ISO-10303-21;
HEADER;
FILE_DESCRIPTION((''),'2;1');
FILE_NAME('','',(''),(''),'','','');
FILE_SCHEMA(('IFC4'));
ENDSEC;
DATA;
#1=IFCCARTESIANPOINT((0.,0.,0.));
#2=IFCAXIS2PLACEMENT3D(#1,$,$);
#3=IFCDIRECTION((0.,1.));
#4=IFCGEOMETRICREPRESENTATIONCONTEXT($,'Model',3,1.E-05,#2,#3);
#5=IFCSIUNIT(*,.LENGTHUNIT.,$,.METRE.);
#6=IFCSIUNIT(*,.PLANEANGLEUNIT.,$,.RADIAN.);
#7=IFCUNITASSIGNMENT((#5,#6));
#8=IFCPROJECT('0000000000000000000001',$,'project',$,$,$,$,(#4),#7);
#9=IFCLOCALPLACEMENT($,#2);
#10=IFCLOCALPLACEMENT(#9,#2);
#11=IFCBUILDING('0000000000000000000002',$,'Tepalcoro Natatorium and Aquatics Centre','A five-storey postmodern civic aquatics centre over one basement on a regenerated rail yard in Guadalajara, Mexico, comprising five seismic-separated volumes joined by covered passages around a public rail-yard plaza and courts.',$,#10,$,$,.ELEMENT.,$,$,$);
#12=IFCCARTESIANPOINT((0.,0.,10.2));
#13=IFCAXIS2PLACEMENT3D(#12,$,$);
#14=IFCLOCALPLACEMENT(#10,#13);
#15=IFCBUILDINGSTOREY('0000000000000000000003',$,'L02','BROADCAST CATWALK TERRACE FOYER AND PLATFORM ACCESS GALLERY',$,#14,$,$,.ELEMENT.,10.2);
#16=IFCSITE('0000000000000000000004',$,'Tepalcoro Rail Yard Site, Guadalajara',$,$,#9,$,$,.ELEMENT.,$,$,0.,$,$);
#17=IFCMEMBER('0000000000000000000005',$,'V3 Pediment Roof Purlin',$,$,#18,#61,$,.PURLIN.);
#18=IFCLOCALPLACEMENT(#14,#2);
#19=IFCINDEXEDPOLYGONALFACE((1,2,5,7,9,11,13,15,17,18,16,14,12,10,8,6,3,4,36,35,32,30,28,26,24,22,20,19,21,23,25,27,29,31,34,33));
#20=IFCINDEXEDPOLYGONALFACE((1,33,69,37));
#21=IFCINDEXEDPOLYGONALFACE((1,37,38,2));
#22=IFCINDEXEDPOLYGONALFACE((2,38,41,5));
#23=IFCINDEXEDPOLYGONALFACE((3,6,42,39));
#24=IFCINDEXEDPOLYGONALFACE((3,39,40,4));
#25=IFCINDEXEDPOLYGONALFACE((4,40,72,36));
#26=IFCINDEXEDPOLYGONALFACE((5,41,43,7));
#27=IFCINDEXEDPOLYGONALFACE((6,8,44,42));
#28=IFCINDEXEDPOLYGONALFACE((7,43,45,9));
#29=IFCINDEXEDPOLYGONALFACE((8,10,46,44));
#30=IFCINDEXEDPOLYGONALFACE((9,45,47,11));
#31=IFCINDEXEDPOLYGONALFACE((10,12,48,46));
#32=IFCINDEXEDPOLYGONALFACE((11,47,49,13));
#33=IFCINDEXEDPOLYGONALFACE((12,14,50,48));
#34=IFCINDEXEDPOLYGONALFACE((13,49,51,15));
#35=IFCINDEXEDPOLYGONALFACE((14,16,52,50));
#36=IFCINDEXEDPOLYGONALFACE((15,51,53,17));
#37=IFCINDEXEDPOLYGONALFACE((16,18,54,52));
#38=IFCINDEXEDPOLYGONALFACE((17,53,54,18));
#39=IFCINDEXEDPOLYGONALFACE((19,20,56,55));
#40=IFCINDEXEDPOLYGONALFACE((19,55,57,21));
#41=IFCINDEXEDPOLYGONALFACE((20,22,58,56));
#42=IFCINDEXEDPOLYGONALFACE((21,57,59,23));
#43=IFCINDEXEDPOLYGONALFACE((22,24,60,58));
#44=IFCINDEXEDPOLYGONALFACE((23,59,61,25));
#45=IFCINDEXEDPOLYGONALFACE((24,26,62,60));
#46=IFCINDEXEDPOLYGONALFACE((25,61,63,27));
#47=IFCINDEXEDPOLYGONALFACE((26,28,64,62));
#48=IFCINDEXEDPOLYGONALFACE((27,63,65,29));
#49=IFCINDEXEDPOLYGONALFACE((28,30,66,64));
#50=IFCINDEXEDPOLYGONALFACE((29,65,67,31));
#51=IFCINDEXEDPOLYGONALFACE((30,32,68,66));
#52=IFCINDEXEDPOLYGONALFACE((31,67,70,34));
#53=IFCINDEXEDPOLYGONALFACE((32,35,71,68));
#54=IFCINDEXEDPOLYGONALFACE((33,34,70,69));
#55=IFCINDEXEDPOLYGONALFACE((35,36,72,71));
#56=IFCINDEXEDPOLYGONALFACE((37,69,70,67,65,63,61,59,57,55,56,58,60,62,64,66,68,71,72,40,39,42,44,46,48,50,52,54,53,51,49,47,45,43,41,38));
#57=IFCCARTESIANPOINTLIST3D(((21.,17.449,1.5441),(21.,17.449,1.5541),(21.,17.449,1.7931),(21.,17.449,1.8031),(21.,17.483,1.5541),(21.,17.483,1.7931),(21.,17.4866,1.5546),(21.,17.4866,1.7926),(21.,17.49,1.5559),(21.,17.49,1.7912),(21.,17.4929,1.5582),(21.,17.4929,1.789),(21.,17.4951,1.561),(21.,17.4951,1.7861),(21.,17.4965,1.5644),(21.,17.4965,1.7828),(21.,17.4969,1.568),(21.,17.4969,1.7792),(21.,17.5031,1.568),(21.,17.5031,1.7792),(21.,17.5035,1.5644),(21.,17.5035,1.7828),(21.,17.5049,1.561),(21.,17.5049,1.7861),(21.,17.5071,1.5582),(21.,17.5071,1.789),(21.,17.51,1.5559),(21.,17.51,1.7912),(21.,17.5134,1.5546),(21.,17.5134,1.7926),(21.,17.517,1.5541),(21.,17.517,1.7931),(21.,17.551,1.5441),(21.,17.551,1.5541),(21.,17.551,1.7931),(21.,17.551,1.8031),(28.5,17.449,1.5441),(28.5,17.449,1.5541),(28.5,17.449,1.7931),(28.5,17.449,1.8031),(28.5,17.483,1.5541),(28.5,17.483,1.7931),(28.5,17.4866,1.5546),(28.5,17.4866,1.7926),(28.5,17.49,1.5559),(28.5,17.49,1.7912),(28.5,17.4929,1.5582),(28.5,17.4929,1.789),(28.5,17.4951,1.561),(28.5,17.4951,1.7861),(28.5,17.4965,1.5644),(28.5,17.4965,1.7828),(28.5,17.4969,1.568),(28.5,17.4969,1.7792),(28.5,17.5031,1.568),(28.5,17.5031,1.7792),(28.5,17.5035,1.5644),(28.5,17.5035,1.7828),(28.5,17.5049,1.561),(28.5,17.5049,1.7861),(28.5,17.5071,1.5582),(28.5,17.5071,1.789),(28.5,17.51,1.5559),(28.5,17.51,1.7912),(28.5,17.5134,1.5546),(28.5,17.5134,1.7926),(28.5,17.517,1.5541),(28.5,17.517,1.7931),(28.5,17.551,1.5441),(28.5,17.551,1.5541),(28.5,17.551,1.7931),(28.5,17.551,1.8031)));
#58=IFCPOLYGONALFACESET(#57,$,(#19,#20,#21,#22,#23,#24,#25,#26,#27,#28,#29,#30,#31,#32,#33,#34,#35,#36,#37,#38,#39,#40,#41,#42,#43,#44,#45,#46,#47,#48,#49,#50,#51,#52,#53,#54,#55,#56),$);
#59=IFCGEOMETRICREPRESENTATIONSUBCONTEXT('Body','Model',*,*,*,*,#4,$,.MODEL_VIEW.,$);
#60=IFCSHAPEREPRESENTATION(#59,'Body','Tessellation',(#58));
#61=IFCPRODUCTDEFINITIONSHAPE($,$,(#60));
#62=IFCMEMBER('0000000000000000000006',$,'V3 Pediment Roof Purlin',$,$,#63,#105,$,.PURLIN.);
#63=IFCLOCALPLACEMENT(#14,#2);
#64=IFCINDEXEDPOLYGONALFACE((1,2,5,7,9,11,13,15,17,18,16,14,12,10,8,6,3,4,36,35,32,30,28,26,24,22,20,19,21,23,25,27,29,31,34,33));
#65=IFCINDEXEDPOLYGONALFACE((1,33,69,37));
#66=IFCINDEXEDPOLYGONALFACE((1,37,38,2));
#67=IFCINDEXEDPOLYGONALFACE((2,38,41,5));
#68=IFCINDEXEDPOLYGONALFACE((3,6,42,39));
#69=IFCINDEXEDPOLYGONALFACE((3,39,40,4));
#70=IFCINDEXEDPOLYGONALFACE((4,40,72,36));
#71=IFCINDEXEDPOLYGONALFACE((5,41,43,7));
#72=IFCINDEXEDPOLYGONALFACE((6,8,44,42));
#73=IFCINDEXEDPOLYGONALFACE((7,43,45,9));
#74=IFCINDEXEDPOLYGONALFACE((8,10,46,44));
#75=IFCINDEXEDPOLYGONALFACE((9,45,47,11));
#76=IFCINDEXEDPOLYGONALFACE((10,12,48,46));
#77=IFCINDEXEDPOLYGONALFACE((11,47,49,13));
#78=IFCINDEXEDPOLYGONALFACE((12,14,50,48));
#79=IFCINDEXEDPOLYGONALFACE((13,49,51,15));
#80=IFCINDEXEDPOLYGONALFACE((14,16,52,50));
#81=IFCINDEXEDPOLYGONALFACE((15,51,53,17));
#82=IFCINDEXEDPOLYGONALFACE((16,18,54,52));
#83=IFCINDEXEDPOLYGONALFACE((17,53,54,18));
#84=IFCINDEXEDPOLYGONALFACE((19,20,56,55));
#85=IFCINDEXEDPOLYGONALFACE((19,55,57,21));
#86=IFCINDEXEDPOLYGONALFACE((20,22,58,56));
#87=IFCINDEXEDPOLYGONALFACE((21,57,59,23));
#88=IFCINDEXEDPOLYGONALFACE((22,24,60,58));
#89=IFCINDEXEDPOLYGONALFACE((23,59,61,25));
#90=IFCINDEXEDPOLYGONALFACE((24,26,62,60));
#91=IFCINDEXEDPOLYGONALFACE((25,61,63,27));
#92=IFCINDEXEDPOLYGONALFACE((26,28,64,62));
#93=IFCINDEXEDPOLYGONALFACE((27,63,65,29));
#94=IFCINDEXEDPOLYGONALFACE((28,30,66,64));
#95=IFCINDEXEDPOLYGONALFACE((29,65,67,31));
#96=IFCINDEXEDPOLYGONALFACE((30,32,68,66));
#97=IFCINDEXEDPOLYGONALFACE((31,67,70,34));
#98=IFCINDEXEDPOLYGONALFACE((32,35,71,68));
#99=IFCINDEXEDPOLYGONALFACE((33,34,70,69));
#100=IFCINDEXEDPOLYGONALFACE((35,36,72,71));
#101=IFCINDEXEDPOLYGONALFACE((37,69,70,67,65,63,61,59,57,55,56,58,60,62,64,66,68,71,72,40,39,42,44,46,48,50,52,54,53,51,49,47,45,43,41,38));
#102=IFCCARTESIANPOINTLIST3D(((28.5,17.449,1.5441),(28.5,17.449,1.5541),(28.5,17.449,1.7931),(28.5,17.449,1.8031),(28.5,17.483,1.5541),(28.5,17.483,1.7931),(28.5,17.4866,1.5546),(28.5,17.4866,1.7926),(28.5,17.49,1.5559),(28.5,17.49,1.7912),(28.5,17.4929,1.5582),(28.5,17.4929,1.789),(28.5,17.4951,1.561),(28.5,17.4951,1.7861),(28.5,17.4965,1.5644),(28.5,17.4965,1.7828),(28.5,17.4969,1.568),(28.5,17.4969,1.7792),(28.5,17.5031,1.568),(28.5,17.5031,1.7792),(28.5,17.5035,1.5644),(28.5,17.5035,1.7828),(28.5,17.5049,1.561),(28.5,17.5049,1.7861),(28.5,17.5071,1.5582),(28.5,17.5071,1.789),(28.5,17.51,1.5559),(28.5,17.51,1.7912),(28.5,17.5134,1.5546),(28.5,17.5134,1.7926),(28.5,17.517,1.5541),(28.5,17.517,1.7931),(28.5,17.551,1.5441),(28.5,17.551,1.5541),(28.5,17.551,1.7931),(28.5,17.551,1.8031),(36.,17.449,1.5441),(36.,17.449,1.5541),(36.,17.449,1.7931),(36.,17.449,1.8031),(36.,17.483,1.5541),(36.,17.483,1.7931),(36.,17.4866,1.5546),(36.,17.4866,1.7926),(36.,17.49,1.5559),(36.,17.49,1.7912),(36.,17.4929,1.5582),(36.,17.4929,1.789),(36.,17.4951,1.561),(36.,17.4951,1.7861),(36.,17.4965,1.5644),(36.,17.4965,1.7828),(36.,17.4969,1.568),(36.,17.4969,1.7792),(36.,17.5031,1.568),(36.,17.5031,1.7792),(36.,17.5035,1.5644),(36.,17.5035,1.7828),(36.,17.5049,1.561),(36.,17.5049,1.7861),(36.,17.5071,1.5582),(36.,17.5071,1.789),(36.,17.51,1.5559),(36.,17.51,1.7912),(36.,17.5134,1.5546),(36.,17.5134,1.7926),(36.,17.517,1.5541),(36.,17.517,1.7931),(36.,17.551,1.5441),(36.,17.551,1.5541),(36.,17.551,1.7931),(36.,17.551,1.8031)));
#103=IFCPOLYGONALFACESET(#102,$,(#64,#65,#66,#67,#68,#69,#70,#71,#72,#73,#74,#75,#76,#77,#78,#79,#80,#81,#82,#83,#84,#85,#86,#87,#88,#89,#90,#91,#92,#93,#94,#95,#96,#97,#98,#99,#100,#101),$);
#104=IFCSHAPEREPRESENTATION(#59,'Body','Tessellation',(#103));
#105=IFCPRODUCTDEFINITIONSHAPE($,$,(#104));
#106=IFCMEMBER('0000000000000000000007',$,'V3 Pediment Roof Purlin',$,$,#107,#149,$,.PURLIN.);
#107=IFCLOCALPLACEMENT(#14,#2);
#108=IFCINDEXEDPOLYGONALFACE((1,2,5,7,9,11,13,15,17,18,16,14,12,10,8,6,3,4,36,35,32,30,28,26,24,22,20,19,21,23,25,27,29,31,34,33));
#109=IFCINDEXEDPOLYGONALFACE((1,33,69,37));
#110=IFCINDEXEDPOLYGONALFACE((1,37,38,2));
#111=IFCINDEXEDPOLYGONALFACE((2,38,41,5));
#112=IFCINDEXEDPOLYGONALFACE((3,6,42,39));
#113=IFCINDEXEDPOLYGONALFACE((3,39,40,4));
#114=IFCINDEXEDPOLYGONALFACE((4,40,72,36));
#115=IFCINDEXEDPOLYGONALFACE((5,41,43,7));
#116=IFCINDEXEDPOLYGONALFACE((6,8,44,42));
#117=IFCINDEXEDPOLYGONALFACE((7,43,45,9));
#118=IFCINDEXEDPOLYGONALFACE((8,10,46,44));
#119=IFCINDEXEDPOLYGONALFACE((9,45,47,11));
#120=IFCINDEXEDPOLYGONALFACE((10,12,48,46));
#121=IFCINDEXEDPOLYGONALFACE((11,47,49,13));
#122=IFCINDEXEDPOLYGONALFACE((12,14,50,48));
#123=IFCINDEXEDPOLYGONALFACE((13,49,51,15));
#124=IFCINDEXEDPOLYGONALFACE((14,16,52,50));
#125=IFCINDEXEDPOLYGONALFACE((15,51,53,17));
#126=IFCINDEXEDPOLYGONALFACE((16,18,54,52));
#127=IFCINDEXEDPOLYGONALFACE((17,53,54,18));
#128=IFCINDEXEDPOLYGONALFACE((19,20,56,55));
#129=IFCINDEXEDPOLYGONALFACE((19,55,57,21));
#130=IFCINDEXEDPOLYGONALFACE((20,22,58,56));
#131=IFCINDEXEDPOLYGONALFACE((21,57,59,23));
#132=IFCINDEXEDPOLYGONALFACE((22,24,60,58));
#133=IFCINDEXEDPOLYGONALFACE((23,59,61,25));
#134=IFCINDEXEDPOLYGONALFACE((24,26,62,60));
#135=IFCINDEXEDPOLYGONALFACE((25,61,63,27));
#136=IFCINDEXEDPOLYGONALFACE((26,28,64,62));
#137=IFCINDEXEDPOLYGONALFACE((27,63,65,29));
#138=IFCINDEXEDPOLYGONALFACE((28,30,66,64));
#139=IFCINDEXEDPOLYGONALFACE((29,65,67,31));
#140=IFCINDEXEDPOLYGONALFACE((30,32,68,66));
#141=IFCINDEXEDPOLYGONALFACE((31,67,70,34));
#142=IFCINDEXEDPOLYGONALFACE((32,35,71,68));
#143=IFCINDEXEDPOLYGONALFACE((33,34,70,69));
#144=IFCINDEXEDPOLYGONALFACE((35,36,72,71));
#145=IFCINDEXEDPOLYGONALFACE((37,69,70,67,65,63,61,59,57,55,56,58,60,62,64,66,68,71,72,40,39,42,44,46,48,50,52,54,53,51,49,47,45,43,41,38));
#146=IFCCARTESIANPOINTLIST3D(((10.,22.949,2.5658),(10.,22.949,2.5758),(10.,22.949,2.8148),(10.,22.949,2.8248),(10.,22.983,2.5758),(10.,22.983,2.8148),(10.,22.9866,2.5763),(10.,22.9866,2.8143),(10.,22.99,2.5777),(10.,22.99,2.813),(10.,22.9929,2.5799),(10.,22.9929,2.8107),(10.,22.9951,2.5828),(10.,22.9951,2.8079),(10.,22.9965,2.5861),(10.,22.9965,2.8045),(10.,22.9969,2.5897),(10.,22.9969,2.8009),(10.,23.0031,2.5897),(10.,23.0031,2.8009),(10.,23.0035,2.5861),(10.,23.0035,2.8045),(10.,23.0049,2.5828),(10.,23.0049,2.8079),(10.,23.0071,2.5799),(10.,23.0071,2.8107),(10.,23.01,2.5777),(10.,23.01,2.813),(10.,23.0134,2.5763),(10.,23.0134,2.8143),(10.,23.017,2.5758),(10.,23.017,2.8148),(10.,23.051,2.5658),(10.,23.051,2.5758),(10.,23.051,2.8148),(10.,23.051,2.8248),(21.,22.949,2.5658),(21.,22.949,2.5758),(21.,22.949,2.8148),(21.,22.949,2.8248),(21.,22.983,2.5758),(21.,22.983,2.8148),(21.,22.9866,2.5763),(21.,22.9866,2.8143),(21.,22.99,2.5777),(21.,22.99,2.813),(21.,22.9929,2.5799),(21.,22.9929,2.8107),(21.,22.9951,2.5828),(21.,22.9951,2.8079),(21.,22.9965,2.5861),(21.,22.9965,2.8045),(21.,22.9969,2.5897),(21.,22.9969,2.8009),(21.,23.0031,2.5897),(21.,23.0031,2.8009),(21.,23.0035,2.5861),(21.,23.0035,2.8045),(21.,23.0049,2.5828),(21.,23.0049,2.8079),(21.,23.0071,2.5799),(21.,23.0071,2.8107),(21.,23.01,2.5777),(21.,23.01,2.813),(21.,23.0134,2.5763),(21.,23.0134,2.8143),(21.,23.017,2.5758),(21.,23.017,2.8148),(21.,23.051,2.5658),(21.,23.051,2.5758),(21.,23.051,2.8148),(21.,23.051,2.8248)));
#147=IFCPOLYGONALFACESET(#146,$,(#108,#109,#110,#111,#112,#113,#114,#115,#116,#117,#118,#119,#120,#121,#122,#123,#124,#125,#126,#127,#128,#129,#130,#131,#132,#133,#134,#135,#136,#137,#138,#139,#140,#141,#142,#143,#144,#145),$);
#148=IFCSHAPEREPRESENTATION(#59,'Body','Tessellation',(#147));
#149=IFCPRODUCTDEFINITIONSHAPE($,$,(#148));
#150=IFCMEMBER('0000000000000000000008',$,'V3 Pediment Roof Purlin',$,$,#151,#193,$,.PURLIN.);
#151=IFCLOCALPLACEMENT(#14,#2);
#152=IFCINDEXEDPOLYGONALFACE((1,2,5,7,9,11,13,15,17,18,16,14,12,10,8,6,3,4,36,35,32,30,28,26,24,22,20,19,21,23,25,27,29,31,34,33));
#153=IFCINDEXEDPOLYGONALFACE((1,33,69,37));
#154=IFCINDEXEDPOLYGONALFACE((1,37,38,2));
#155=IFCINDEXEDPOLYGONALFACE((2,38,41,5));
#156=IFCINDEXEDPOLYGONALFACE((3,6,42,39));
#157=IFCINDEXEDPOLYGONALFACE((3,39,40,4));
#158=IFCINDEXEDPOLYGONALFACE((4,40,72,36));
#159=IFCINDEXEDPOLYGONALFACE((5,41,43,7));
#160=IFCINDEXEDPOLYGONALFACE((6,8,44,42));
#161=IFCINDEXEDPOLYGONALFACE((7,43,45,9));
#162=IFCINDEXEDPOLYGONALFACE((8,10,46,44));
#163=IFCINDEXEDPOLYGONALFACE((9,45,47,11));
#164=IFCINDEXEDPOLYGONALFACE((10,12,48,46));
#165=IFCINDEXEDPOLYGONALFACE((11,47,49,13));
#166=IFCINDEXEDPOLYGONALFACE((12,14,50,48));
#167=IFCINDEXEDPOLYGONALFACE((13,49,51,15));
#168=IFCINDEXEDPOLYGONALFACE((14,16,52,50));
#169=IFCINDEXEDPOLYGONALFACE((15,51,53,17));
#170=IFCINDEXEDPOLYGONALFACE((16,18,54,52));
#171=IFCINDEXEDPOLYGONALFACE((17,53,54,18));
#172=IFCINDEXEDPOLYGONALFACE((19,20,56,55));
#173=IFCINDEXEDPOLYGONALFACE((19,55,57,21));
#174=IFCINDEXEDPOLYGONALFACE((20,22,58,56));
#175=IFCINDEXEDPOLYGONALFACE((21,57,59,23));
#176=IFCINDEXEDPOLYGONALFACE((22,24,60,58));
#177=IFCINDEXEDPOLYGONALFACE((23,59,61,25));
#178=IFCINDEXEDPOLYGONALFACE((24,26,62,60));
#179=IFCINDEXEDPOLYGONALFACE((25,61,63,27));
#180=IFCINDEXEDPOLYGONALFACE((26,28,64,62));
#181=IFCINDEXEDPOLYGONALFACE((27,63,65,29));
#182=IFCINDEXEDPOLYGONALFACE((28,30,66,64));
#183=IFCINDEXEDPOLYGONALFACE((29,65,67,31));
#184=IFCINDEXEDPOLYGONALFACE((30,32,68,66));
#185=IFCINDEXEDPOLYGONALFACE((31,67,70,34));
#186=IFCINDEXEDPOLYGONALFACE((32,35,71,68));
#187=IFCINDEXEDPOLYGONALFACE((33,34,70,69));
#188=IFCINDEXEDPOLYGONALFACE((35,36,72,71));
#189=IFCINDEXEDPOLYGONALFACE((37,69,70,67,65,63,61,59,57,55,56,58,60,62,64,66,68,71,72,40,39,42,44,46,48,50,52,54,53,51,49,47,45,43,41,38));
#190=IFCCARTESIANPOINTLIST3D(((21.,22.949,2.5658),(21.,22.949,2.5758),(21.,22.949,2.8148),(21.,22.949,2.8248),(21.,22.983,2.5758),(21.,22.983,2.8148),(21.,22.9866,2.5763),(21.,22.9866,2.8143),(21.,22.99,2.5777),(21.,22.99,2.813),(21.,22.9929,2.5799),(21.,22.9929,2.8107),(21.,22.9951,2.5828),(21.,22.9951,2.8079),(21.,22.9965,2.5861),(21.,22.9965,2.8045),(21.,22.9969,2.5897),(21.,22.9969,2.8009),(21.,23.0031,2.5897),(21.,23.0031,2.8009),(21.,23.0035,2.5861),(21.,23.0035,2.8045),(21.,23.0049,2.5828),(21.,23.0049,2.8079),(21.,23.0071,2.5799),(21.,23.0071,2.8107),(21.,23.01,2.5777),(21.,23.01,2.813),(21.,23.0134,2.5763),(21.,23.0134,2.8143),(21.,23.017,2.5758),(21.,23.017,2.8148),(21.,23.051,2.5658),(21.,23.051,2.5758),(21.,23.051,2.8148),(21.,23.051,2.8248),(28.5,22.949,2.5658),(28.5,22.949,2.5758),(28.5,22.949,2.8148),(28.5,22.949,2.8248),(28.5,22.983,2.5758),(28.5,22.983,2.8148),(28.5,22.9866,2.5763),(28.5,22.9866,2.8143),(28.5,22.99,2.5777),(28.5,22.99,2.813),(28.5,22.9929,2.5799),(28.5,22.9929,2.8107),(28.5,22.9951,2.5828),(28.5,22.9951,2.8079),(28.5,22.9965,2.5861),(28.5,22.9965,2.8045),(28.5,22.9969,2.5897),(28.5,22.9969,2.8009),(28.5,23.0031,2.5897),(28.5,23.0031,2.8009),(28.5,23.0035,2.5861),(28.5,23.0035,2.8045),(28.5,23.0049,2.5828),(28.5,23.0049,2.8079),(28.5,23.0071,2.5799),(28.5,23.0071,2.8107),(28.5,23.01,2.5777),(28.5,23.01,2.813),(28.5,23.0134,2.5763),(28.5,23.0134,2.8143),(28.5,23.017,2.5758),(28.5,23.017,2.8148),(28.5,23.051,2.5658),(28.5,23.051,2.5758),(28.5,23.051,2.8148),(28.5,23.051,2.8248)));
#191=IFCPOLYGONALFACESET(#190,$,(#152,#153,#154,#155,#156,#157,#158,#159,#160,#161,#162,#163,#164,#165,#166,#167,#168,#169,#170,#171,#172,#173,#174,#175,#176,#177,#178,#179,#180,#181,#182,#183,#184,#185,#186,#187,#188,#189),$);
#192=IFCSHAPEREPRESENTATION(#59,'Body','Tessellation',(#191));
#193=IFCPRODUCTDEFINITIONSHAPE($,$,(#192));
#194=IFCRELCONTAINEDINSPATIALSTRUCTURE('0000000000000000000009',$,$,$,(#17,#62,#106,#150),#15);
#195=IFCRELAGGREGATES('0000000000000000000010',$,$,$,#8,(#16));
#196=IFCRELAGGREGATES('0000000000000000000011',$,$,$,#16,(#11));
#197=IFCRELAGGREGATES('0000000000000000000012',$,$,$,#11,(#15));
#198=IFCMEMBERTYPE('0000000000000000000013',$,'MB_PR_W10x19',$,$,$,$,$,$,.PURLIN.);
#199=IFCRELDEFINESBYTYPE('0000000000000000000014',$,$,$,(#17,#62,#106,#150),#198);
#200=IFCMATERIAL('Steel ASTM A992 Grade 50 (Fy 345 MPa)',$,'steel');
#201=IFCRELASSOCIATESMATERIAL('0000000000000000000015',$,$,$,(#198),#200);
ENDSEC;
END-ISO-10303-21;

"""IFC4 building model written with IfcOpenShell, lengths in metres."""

from ifc_helpers import new_model, si_unit, direction, frame, origin, origin_2d, place, context, subcontext, project, spatial, i_section, extrude, material, material_profile, profile_set, type_object, element, save


model = new_model("IFC4")

# Units and contexts
model_context = context("Model", 3, precision=1e-05, world=origin(), true_north=direction((0.0, 1.0)))
body_context = subcontext(model_context, "Body", "Model", "MODEL_VIEW")
ifc_project = project(units=[si_unit("LENGTHUNIT", "METRE"), si_unit("PLANEANGLEUNIT", "RADIAN")], contexts=[model_context])

# Site, building, storey
site_placement = place(None, origin())
site = spatial("IfcSite", under=ifc_project, at=site_placement, Name="Tepalcoro Rail Yard Site, Guadalajara", CompositionType="ELEMENT", RefElevation=0.0)
building_placement = place(site_placement, origin())
building = spatial("IfcBuilding", under=site, at=building_placement, Name="Tepalcoro Natatorium and Aquatics Centre", Description="A five-storey postmodern civic aquatics centre over one basement on a regenerated rail yard in Guadalajara, Mexico, comprising five seismic-separated volumes joined by covered passages around a public rail-yard plaza and courts.", CompositionType="ELEMENT")
storey_placement = place(building_placement, frame((0.0, 0.0, 10.2)))
storey = spatial("IfcBuildingStorey", under=building, at=storey_placement, Name="L02", Description="BROADCAST CATWALK TERRACE FOYER AND PLATFORM ACCESS GALLERY", CompositionType="ELEMENT", Elevation=10.2)

# Members
ifc_material_1 = material(Name="Steel ASTM A992 Grade 50 (Fy 345 MPa)", Category="steel")
ifc_material_profile_1 = material_profile(ifc_material_1, i_section(OverallWidth=0.1021, OverallDepth=0.259, WebThickness=0.0061, FlangeThickness=0.01, FilletRadius=0.0139, at=origin_2d()), Name="W10X19")
ifc_profile_set_1 = profile_set([ifc_material_profile_1], Name="Steel ASTM A992 Grade 50 (Fy 345 MPa)")
member_type_1 = type_object("IfcMemberType", Name="MB_PR_W10x19", PredefinedType="PURLIN", material=ifc_profile_set_1)
for number, where, z_axis, x_axis, name in (
    (1, (21.0, 17.5, 1.6736), (1.0, 0.0, 0.0), (0.0, 1.0, 0.0), "V3 Pediment Roof Purlin"),
    (2, (28.5, 17.5, 1.6736), (1.0, 0.0, 0.0), (0.0, 1.0, 0.0), "V3 Pediment Roof Purlin"),
):
    element("IfcMember", number, at=place(storey_placement, frame(where, z_axis=z_axis, x_axis=x_axis)), inside=storey, type_object=member_type_1, Name=name, PredefinedType="PURLIN", context=body_context, shape_type="SweptSolid", body=[
        extrude(i_section(OverallWidth=0.1021, OverallDepth=0.259, WebThickness=0.0061, FlangeThickness=0.01, FilletRadius=0.0139, at=origin_2d()), origin(), (0.0, 0.0, 1.0), 7.5),
    ])
member_1_placement = place(storey_placement, frame((10.0, 23.0, 2.6953), z_axis=(1.0, 0.0, 0.0), x_axis=(0.0, 1.0, 0.0)))
element("IfcMember", 3, at=member_1_placement, inside=storey, type_object=member_type_1, Name="V3 Pediment Roof Purlin", PredefinedType="PURLIN", context=body_context, shape_type="SweptSolid", body=[
    extrude(i_section(OverallWidth=0.1021, OverallDepth=0.259, WebThickness=0.0061, FlangeThickness=0.01, FilletRadius=0.0139, at=origin_2d()), origin(), (0.0, 0.0, 1.0), 11.0),
])
for number, where, z_axis, x_axis, name in (
    (4, (21.0, 23.0, 2.6953), (1.0, 0.0, 0.0), (0.0, 1.0, 0.0), "V3 Pediment Roof Purlin"),
):
    element("IfcMember", number, at=place(storey_placement, frame(where, z_axis=z_axis, x_axis=x_axis)), inside=storey, type_object=member_type_1, Name=name, PredefinedType="PURLIN", context=body_context, shape_type="SweptSolid", body=[
        extrude(i_section(OverallWidth=0.1021, OverallDepth=0.259, WebThickness=0.0061, FlangeThickness=0.01, FilletRadius=0.0139, at=origin_2d()), origin(), (0.0, 0.0, 1.0), 7.5),
    ])

save(model, "model.ifc")
